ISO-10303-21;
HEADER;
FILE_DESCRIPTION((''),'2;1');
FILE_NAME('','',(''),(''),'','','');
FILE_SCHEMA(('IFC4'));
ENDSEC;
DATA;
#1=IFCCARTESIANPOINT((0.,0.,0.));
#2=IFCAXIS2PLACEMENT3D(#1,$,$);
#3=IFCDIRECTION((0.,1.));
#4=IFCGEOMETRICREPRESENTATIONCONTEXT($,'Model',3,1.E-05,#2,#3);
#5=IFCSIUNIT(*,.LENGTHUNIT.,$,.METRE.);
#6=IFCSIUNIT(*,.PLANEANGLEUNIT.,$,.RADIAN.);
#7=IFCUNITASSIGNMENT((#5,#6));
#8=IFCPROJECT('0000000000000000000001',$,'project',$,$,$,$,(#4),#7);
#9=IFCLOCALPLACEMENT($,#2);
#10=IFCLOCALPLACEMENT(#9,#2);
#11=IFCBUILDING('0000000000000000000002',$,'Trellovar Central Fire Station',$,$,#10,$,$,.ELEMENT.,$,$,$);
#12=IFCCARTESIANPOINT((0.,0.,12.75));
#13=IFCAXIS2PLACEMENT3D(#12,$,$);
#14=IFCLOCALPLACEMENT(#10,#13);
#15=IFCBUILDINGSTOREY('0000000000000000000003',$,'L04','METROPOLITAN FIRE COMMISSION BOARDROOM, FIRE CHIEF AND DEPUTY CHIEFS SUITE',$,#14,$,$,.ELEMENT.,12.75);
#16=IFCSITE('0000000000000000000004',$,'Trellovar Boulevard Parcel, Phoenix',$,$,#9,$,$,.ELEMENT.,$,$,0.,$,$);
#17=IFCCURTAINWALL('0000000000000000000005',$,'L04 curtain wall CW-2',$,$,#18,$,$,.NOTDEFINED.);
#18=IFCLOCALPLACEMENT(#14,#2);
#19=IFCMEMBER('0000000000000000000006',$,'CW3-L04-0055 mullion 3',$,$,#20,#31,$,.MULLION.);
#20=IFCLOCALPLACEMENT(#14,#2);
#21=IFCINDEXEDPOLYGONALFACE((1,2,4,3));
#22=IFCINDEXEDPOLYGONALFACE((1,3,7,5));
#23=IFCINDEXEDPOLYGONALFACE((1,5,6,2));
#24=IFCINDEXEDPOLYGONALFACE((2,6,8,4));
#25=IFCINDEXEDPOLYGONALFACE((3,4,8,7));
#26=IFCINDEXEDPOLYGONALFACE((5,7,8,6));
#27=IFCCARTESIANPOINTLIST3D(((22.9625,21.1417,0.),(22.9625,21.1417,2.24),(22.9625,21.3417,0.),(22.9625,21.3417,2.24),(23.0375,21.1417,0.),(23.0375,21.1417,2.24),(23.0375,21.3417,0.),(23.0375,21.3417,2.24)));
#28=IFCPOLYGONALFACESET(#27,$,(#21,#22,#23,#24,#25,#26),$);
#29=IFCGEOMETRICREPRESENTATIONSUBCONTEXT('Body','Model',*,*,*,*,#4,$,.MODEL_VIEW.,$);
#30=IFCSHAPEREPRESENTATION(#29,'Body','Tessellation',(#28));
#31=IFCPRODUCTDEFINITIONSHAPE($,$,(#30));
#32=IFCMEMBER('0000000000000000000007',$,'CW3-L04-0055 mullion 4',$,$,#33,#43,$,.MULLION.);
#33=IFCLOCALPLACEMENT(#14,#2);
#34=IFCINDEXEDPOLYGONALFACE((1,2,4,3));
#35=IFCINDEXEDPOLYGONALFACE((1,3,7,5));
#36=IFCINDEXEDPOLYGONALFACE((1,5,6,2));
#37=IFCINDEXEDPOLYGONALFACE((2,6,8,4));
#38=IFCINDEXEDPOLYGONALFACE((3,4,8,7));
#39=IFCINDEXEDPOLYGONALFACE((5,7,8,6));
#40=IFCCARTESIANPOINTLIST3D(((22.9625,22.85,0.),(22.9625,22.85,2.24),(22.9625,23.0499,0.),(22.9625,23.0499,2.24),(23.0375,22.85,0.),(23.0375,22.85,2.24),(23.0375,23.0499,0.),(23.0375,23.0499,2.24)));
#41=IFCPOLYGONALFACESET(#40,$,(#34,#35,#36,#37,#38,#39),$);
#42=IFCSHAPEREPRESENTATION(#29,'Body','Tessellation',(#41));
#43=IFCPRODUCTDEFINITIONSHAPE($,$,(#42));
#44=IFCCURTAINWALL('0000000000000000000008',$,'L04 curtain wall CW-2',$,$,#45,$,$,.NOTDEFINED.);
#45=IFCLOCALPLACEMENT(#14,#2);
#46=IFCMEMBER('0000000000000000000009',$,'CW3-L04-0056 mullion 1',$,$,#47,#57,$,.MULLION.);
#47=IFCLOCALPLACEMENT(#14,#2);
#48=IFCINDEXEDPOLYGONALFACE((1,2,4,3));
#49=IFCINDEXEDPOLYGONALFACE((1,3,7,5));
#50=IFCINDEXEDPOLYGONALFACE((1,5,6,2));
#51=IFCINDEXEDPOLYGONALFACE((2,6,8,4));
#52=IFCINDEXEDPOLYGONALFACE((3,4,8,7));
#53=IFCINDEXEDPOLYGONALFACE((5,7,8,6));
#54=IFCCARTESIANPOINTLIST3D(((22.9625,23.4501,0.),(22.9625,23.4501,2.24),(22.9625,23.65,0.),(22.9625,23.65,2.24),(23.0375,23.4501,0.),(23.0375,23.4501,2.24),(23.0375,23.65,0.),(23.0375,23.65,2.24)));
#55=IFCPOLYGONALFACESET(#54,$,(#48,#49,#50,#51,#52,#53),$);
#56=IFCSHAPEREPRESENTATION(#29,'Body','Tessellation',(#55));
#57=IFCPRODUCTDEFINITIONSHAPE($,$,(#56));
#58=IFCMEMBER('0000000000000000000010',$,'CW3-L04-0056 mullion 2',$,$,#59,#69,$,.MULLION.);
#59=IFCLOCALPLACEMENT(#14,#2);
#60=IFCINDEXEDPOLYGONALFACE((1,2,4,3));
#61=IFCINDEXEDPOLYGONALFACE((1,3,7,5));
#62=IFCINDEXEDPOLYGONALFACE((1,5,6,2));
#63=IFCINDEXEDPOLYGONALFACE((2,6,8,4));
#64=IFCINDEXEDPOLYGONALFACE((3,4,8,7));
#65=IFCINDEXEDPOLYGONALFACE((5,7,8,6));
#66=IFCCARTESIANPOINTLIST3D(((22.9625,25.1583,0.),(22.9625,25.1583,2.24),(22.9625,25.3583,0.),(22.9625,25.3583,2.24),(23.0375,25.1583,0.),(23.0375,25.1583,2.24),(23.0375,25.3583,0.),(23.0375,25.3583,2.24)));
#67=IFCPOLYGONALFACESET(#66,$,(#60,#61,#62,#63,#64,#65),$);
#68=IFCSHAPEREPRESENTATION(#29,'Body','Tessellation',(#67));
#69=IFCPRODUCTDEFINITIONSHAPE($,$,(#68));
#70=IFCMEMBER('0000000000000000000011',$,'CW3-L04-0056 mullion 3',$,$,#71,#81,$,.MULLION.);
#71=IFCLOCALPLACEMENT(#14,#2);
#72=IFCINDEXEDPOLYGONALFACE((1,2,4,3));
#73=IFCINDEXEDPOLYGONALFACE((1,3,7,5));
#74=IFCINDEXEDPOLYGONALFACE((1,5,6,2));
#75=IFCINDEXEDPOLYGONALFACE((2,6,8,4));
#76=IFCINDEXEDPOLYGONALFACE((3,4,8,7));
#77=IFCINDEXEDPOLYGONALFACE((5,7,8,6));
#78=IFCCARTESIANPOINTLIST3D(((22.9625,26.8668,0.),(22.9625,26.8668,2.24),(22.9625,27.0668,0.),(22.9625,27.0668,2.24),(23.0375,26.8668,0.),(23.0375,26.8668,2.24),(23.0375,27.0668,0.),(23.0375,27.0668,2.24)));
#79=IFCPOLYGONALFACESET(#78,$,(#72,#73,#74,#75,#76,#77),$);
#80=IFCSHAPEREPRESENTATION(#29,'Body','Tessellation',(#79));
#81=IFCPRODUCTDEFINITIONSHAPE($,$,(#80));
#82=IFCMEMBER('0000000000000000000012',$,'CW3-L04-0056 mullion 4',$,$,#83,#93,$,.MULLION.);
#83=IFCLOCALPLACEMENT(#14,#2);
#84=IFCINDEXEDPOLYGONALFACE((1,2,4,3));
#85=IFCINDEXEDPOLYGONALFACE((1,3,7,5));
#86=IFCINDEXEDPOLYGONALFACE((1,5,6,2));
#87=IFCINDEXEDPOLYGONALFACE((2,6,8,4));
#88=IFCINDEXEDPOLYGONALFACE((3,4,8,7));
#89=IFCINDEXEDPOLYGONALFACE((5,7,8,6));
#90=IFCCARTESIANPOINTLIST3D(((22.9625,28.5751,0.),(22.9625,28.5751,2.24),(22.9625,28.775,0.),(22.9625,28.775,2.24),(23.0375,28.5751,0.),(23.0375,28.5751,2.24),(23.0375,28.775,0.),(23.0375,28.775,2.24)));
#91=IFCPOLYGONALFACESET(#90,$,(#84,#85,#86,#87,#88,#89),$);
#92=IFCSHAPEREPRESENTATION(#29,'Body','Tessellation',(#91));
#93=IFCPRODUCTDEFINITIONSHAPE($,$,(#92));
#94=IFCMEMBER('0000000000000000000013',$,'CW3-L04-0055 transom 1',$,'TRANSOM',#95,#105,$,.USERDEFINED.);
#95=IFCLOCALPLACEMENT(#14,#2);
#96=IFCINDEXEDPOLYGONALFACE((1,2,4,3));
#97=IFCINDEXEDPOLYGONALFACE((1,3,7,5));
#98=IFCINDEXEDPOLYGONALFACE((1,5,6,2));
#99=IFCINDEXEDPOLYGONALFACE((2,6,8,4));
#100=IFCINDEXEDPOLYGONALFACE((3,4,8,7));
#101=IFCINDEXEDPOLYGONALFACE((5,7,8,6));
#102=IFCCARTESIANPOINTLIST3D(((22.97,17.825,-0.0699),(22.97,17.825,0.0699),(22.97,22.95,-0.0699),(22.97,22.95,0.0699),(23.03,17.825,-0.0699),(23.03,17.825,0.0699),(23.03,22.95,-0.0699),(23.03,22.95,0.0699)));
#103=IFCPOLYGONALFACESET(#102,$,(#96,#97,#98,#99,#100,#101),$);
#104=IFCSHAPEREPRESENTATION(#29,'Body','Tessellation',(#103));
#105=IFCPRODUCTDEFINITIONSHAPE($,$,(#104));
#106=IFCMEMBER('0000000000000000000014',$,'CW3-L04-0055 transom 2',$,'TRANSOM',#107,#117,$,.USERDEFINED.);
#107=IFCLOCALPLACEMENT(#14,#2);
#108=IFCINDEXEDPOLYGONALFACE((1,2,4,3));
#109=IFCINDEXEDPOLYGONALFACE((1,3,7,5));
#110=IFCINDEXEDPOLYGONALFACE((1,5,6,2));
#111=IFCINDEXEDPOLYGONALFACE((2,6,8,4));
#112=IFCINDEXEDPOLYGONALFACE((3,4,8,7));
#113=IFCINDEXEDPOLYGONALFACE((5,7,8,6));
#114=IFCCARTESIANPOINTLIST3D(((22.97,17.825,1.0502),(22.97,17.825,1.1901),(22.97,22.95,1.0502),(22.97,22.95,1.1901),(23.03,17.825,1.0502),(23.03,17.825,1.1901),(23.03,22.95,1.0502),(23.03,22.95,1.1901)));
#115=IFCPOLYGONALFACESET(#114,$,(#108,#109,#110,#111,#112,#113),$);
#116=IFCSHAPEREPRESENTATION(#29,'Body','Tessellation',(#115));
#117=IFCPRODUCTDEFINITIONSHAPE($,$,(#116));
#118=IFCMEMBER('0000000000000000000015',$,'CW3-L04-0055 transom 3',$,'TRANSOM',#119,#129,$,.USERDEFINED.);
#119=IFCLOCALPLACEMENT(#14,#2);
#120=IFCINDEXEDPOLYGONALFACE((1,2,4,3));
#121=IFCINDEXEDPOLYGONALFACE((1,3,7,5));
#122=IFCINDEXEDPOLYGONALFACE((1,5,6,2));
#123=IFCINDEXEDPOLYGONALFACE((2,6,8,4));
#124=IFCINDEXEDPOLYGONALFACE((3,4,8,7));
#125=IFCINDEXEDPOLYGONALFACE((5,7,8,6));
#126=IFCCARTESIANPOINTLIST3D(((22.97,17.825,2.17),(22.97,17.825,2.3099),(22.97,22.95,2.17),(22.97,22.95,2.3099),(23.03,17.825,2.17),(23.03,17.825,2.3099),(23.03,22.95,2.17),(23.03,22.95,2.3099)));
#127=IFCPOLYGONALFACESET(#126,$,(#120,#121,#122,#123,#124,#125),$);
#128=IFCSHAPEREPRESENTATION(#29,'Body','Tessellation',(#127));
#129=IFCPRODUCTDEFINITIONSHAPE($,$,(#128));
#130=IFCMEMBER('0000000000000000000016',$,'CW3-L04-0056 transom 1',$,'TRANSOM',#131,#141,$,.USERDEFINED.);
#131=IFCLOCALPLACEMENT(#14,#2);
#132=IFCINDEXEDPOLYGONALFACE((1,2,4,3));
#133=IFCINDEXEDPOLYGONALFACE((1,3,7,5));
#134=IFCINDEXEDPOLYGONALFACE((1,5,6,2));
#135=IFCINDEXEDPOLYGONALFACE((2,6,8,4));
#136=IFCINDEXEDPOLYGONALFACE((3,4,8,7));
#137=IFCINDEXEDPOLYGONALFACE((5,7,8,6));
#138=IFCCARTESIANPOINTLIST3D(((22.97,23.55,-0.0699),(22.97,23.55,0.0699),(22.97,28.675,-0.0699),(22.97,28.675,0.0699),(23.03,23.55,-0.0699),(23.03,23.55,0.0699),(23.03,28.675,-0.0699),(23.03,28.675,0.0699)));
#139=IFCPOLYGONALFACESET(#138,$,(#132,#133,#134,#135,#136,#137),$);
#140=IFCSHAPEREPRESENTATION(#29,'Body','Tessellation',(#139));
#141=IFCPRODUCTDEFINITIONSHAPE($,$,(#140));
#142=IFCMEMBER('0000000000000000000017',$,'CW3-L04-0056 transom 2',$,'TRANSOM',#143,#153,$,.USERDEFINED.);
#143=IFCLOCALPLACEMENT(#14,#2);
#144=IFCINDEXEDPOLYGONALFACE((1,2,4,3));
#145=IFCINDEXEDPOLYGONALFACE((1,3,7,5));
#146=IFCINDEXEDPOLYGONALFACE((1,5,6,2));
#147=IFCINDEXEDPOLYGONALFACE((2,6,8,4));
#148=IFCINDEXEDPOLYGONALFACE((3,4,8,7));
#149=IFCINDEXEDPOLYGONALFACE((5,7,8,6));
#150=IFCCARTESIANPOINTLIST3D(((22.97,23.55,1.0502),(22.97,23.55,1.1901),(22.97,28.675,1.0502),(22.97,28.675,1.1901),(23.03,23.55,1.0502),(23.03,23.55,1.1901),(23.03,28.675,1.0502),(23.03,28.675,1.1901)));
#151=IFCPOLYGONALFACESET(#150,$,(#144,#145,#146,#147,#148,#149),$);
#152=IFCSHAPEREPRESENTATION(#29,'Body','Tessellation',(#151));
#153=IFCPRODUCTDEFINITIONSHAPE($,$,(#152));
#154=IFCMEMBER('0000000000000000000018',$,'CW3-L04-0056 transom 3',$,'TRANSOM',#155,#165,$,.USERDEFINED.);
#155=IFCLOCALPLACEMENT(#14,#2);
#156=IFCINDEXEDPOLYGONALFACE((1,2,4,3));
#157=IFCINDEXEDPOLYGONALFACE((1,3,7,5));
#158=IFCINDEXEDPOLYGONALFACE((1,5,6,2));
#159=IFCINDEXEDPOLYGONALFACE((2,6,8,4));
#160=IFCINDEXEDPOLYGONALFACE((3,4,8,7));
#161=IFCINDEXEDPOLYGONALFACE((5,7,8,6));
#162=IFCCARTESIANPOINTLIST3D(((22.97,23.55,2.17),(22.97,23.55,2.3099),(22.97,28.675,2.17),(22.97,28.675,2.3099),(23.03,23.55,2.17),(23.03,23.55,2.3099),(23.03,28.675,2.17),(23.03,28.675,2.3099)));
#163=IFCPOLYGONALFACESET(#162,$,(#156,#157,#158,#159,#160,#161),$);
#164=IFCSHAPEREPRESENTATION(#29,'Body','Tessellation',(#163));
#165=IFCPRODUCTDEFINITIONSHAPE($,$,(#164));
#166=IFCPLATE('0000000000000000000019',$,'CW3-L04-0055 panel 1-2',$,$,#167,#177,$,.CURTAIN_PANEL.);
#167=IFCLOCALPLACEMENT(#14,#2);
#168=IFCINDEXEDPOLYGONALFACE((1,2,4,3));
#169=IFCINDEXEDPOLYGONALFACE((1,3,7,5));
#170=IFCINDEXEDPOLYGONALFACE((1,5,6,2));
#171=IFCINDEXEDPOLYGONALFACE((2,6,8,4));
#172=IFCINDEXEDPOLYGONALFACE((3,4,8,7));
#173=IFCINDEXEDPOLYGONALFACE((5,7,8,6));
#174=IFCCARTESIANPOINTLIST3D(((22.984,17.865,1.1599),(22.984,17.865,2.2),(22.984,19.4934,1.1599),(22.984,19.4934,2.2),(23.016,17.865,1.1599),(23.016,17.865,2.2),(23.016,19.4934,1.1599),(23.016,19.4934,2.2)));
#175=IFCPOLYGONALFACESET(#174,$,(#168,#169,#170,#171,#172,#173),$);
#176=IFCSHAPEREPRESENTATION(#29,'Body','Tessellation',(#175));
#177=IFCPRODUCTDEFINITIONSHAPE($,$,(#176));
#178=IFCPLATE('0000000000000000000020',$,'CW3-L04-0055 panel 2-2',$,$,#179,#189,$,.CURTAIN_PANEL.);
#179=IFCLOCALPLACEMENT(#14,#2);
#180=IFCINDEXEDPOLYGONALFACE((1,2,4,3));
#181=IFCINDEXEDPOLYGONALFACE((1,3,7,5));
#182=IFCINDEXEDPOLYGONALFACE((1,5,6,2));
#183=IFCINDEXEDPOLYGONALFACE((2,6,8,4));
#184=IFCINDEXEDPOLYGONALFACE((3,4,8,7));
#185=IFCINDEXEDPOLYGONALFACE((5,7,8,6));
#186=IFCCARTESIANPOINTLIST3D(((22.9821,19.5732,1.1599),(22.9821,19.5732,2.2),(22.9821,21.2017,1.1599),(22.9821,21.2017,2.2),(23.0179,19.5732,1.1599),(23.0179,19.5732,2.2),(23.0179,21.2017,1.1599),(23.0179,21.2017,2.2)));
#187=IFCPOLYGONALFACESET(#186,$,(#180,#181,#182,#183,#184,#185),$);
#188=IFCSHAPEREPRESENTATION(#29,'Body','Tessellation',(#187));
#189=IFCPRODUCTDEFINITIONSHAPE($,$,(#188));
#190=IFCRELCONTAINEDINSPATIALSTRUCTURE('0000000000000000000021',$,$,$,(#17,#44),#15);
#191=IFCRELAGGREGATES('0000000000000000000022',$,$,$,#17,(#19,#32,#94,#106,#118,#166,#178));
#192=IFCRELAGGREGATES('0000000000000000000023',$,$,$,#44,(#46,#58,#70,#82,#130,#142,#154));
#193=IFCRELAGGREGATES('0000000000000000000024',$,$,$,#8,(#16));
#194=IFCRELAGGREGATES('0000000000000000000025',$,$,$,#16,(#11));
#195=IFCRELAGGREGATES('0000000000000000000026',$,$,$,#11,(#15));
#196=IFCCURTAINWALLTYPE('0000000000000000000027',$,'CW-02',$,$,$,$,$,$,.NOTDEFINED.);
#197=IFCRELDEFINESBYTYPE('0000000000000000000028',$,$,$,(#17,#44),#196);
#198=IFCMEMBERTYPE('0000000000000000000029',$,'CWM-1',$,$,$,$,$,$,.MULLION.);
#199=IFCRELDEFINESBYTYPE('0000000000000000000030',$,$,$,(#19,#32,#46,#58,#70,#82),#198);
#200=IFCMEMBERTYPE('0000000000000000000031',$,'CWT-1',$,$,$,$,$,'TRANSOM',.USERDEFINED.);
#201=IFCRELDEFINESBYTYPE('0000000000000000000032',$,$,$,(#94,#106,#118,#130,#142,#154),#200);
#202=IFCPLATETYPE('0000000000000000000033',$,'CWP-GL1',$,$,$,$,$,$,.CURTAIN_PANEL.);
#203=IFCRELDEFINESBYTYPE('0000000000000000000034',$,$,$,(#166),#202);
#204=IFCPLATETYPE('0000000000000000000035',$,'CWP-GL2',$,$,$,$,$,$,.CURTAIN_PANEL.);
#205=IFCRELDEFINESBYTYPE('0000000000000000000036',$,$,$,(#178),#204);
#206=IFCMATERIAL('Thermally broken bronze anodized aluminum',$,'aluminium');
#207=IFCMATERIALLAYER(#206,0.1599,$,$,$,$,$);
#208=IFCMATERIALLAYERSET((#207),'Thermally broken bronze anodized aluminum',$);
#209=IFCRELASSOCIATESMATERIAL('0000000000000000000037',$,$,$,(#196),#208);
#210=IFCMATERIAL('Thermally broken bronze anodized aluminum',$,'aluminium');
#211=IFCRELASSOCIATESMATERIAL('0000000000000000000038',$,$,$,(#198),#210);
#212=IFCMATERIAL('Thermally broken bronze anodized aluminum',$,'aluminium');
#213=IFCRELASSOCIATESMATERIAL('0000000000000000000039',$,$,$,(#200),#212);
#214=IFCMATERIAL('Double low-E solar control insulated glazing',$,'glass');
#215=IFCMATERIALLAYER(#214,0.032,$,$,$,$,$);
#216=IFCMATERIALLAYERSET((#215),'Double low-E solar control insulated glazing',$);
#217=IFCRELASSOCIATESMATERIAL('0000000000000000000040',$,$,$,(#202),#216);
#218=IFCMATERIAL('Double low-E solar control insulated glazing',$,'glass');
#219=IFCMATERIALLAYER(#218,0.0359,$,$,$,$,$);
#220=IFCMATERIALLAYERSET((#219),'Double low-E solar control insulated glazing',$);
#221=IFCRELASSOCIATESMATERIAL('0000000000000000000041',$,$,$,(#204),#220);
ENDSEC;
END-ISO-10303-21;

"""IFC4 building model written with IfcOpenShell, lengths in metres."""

from ifc_helpers import new_model, si_unit, direction, frame, origin, origin_2d, place, context, subcontext, project, spatial, rectangle, extrude, material, layer, layer_set, material_profile, profile_set, type_object, element, aggregate, save


model = new_model("IFC4")

# Units and contexts
model_context = context("Model", 3, precision=1e-05, world=origin(), true_north=direction((0.0, 1.0)))
body_context = subcontext(model_context, "Body", "Model", "MODEL_VIEW")
ifc_project = project(units=[si_unit("LENGTHUNIT", "METRE"), si_unit("PLANEANGLEUNIT", "RADIAN")], contexts=[model_context])

# Site, building, storey
site_placement = place(None, origin())
site = spatial("IfcSite", under=ifc_project, at=site_placement, Name="Trellovar Boulevard Parcel, Phoenix", CompositionType="ELEMENT", RefElevation=0.0)
building_placement = place(site_placement, origin())
building = spatial("IfcBuilding", under=site, at=building_placement, Name="Trellovar Central Fire Station", CompositionType="ELEMENT")
storey_placement = place(building_placement, frame((0.0, 0.0, 12.75)))
storey = spatial("IfcBuildingStorey", under=building, at=storey_placement, Name="L04", Description="METROPOLITAN FIRE COMMISSION BOARDROOM, FIRE CHIEF AND DEPUTY CHIEFS SUITE", CompositionType="ELEMENT", Elevation=12.75)

# Curtain walls, members
ifc_material_1 = material(Name="Thermally broken bronze anodized aluminum", Category="aluminium")
ifc_layer_1 = layer(ifc_material_1, 0.1599)
ifc_layer_set_1 = layer_set([ifc_layer_1], Name="Thermally broken bronze anodized aluminum")
curtain_wall_type = type_object("IfcCurtainWallType", Name="CW-02", PredefinedType="NOTDEFINED", material=ifc_layer_set_1)
curtain_wall_1_placement = place(storey_placement, origin())
curtain_wall_1 = element("IfcCurtainWall", 1, at=curtain_wall_1_placement, inside=storey, type_object=curtain_wall_type, Name="L04 curtain wall CW-2", PredefinedType="NOTDEFINED")
ifc_material_2 = material(Name="Thermally broken bronze anodized aluminum", Category="aluminium")
ifc_material_profile_1 = material_profile(ifc_material_2, rectangle(XDim=0.075, YDim=0.2, at=origin_2d()), Name="ALU75X200")
ifc_profile_set_1 = profile_set([ifc_material_profile_1], Name="Thermally broken bronze anodized aluminum")
member_type_1 = type_object("IfcMemberType", Name="CWM-1", PredefinedType="MULLION", material=ifc_profile_set_1)
member_1_placement = place(storey_placement, frame((23.0, 21.2417, 0.0), z_axis=(0.0, 0.0, 1.0), x_axis=(1.0, 0.0, 0.0)))
member_1 = element("IfcMember", 2, at=member_1_placement, type_object=member_type_1, Name="CW3-L04-0055 mullion 3", PredefinedType="MULLION", context=body_context, shape_type="SweptSolid", body=[
    extrude(rectangle(XDim=0.075, YDim=0.2, at=origin_2d()), origin(), (0.0, 0.0, 1.0), 2.24),
])
member_2_placement = place(storey_placement, frame((23.0, 22.95, 0.0), z_axis=(0.0, 0.0, 1.0), x_axis=(1.0, 0.0, 0.0)))
member_2 = element("IfcMember", 3, at=member_2_placement, type_object=member_type_1, Name="CW3-L04-0055 mullion 4", PredefinedType="MULLION", context=body_context, shape_type="SweptSolid", body=[
    extrude(rectangle(XDim=0.075, YDim=0.2, at=origin_2d()), origin(), (0.0, 0.0, 1.0), 2.24),
])
curtain_wall_2_placement = place(storey_placement, origin())
curtain_wall_2 = element("IfcCurtainWall", 4, at=curtain_wall_2_placement, inside=storey, type_object=curtain_wall_type, Name="L04 curtain wall CW-2", PredefinedType="NOTDEFINED")
member_3_placement = place(storey_placement, frame((23.0, 23.55, 0.0), z_axis=(0.0, 0.0, 1.0), x_axis=(1.0, 0.0, 0.0)))
member_3 = element("IfcMember", 5, at=member_3_placement, type_object=member_type_1, Name="CW3-L04-0056 mullion 1", PredefinedType="MULLION", context=body_context, shape_type="SweptSolid", body=[
    extrude(rectangle(XDim=0.075, YDim=0.2, at=origin_2d()), origin(), (0.0, 0.0, 1.0), 2.24),
])
member_4_placement = place(storey_placement, frame((23.0, 25.2583, 0.0), z_axis=(0.0, 0.0, 1.0), x_axis=(1.0, 0.0, 0.0)))
member_4 = element("IfcMember", 6, at=member_4_placement, type_object=member_type_1, Name="CW3-L04-0056 mullion 2", PredefinedType="MULLION", context=body_context, shape_type="SweptSolid", body=[
    extrude(rectangle(XDim=0.075, YDim=0.2, at=origin_2d()), origin(), (0.0, 0.0, 1.0), 2.24),
])
member_5_placement = place(storey_placement, frame((23.0, 26.9668, 0.0), z_axis=(0.0, 0.0, 1.0), x_axis=(1.0, 0.0, 0.0)))
member_5 = element("IfcMember", 7, at=member_5_placement, type_object=member_type_1, Name="CW3-L04-0056 mullion 3", PredefinedType="MULLION", context=body_context, shape_type="SweptSolid", body=[
    extrude(rectangle(XDim=0.075, YDim=0.2, at=origin_2d()), origin(), (0.0, 0.0, 1.0), 2.24),
])
member_6_placement = place(storey_placement, frame((23.0, 28.675, 0.0), z_axis=(0.0, 0.0, 1.0), x_axis=(1.0, 0.0, 0.0)))
member_6 = element("IfcMember", 8, at=member_6_placement, type_object=member_type_1, Name="CW3-L04-0056 mullion 4", PredefinedType="MULLION", context=body_context, shape_type="SweptSolid", body=[
    extrude(rectangle(XDim=0.075, YDim=0.2, at=origin_2d()), origin(), (0.0, 0.0, 1.0), 2.24),
])

# Members
ifc_material_3 = material(Name="Thermally broken bronze anodized aluminum", Category="aluminium")
ifc_material_profile_2 = material_profile(ifc_material_3, rectangle(XDim=0.0601, YDim=0.1399, at=origin_2d()), Name="ALU60X140")
ifc_profile_set_2 = profile_set([ifc_material_profile_2], Name="Thermally broken bronze anodized aluminum")
member_type_2 = type_object("IfcMemberType", Name="CWT-1", ElementType="TRANSOM", PredefinedType="USERDEFINED", material=ifc_profile_set_2)
member_7_placement = place(storey_placement, frame((23.0, 17.825, 0.0), z_axis=(0.0, 1.0, 0.0), x_axis=(-1.0, 0.0, 0.0)))
member_7 = element("IfcMember", 9, at=member_7_placement, type_object=member_type_2, Name="CW3-L04-0055 transom 1", ObjectType="TRANSOM", PredefinedType="USERDEFINED", context=body_context, shape_type="SweptSolid", body=[
    extrude(rectangle(XDim=0.0601, YDim=0.1399, at=origin_2d()), origin(), (0.0, 0.0, 1.0), 5.125),
])
member_8_placement = place(storey_placement, frame((23.0, 17.825, 1.1201), z_axis=(0.0, 1.0, 0.0), x_axis=(-1.0, 0.0, 0.0)))
member_8 = element("IfcMember", 10, at=member_8_placement, type_object=member_type_2, Name="CW3-L04-0055 transom 2", ObjectType="TRANSOM", PredefinedType="USERDEFINED", context=body_context, shape_type="SweptSolid", body=[
    extrude(rectangle(XDim=0.0601, YDim=0.1399, at=origin_2d()), origin(), (0.0, 0.0, 1.0), 5.125),
])
member_9_placement = place(storey_placement, frame((23.0, 17.825, 2.24), z_axis=(0.0, 1.0, 0.0), x_axis=(-1.0, 0.0, 0.0)))
member_9 = element("IfcMember", 11, at=member_9_placement, type_object=member_type_2, Name="CW3-L04-0055 transom 3", ObjectType="TRANSOM", PredefinedType="USERDEFINED", context=body_context, shape_type="SweptSolid", body=[
    extrude(rectangle(XDim=0.0601, YDim=0.1399, at=origin_2d()), origin(), (0.0, 0.0, 1.0), 5.125),
])
member_10_placement = place(storey_placement, frame((23.0, 23.55, 0.0), z_axis=(0.0, 1.0, 0.0), x_axis=(-1.0, 0.0, 0.0)))
member_10 = element("IfcMember", 12, at=member_10_placement, type_object=member_type_2, Name="CW3-L04-0056 transom 1", ObjectType="TRANSOM", PredefinedType="USERDEFINED", context=body_context, shape_type="SweptSolid", body=[
    extrude(rectangle(XDim=0.0601, YDim=0.1399, at=origin_2d()), origin(), (0.0, 0.0, 1.0), 5.125),
])
member_11_placement = place(storey_placement, frame((23.0, 23.55, 1.1201), z_axis=(0.0, 1.0, 0.0), x_axis=(-1.0, 0.0, 0.0)))
member_11 = element("IfcMember", 13, at=member_11_placement, type_object=member_type_2, Name="CW3-L04-0056 transom 2", ObjectType="TRANSOM", PredefinedType="USERDEFINED", context=body_context, shape_type="SweptSolid", body=[
    extrude(rectangle(XDim=0.0601, YDim=0.1399, at=origin_2d()), origin(), (0.0, 0.0, 1.0), 5.125),
])
member_12_placement = place(storey_placement, frame((23.0, 23.55, 2.24), z_axis=(0.0, 1.0, 0.0), x_axis=(-1.0, 0.0, 0.0)))
member_12 = element("IfcMember", 14, at=member_12_placement, type_object=member_type_2, Name="CW3-L04-0056 transom 3", ObjectType="TRANSOM", PredefinedType="USERDEFINED", context=body_context, shape_type="SweptSolid", body=[
    extrude(rectangle(XDim=0.0601, YDim=0.1399, at=origin_2d()), origin(), (0.0, 0.0, 1.0), 5.125),
])

# Plates
ifc_material_4 = material(Name="Double low-E solar control insulated glazing", Category="glass")
ifc_layer_2 = layer(ifc_material_4, 0.032)
ifc_layer_set_2 = layer_set([ifc_layer_2], Name="Double low-E solar control insulated glazing")
plate_type_1 = type_object("IfcPlateType", Name="CWP-GL1", PredefinedType="CURTAIN_PANEL", material=ifc_layer_set_2)
plate_1_placement = place(storey_placement, frame((23.0, 18.6792, 1.1599), z_axis=(0.0, 0.0, 1.0), x_axis=(0.0, 1.0, 0.0)))
plate_1 = element("IfcPlate", 15, at=plate_1_placement, type_object=plate_type_1, Name="CW3-L04-0055 panel 1-2", PredefinedType="CURTAIN_PANEL", context=body_context, shape_type="SweptSolid", body=[
    extrude(rectangle(XDim=1.6284, YDim=0.032, at=origin_2d()), origin(), (0.0, 0.0, 1.0), 1.04),
])
ifc_material_5 = material(Name="Double low-E solar control insulated glazing", Category="glass")
ifc_layer_3 = layer(ifc_material_5, 0.0359)
ifc_layer_set_3 = layer_set([ifc_layer_3], Name="Double low-E solar control insulated glazing")
plate_type_2 = type_object("IfcPlateType", Name="CWP-GL2", PredefinedType="CURTAIN_PANEL", material=ifc_layer_set_3)
plate_2_placement = place(storey_placement, frame((23.0, 20.3875, 1.1599), z_axis=(0.0, 0.0, 1.0), x_axis=(0.0, 1.0, 0.0)))
plate_2 = element("IfcPlate", 16, at=plate_2_placement, type_object=plate_type_2, Name="CW3-L04-0055 panel 2-2", PredefinedType="CURTAIN_PANEL", context=body_context, shape_type="SweptSolid", body=[
    extrude(rectangle(XDim=1.6284, YDim=0.0359, at=origin_2d()), origin(), (0.0, 0.0, 1.0), 1.04),
])
aggregate(curtain_wall_1, [member_1, member_2, member_7, member_8, member_9, plate_1, plate_2])
aggregate(curtain_wall_2, [member_3, member_4, member_5, member_6, member_10, member_11, member_12])

save(model, "model.ifc")
